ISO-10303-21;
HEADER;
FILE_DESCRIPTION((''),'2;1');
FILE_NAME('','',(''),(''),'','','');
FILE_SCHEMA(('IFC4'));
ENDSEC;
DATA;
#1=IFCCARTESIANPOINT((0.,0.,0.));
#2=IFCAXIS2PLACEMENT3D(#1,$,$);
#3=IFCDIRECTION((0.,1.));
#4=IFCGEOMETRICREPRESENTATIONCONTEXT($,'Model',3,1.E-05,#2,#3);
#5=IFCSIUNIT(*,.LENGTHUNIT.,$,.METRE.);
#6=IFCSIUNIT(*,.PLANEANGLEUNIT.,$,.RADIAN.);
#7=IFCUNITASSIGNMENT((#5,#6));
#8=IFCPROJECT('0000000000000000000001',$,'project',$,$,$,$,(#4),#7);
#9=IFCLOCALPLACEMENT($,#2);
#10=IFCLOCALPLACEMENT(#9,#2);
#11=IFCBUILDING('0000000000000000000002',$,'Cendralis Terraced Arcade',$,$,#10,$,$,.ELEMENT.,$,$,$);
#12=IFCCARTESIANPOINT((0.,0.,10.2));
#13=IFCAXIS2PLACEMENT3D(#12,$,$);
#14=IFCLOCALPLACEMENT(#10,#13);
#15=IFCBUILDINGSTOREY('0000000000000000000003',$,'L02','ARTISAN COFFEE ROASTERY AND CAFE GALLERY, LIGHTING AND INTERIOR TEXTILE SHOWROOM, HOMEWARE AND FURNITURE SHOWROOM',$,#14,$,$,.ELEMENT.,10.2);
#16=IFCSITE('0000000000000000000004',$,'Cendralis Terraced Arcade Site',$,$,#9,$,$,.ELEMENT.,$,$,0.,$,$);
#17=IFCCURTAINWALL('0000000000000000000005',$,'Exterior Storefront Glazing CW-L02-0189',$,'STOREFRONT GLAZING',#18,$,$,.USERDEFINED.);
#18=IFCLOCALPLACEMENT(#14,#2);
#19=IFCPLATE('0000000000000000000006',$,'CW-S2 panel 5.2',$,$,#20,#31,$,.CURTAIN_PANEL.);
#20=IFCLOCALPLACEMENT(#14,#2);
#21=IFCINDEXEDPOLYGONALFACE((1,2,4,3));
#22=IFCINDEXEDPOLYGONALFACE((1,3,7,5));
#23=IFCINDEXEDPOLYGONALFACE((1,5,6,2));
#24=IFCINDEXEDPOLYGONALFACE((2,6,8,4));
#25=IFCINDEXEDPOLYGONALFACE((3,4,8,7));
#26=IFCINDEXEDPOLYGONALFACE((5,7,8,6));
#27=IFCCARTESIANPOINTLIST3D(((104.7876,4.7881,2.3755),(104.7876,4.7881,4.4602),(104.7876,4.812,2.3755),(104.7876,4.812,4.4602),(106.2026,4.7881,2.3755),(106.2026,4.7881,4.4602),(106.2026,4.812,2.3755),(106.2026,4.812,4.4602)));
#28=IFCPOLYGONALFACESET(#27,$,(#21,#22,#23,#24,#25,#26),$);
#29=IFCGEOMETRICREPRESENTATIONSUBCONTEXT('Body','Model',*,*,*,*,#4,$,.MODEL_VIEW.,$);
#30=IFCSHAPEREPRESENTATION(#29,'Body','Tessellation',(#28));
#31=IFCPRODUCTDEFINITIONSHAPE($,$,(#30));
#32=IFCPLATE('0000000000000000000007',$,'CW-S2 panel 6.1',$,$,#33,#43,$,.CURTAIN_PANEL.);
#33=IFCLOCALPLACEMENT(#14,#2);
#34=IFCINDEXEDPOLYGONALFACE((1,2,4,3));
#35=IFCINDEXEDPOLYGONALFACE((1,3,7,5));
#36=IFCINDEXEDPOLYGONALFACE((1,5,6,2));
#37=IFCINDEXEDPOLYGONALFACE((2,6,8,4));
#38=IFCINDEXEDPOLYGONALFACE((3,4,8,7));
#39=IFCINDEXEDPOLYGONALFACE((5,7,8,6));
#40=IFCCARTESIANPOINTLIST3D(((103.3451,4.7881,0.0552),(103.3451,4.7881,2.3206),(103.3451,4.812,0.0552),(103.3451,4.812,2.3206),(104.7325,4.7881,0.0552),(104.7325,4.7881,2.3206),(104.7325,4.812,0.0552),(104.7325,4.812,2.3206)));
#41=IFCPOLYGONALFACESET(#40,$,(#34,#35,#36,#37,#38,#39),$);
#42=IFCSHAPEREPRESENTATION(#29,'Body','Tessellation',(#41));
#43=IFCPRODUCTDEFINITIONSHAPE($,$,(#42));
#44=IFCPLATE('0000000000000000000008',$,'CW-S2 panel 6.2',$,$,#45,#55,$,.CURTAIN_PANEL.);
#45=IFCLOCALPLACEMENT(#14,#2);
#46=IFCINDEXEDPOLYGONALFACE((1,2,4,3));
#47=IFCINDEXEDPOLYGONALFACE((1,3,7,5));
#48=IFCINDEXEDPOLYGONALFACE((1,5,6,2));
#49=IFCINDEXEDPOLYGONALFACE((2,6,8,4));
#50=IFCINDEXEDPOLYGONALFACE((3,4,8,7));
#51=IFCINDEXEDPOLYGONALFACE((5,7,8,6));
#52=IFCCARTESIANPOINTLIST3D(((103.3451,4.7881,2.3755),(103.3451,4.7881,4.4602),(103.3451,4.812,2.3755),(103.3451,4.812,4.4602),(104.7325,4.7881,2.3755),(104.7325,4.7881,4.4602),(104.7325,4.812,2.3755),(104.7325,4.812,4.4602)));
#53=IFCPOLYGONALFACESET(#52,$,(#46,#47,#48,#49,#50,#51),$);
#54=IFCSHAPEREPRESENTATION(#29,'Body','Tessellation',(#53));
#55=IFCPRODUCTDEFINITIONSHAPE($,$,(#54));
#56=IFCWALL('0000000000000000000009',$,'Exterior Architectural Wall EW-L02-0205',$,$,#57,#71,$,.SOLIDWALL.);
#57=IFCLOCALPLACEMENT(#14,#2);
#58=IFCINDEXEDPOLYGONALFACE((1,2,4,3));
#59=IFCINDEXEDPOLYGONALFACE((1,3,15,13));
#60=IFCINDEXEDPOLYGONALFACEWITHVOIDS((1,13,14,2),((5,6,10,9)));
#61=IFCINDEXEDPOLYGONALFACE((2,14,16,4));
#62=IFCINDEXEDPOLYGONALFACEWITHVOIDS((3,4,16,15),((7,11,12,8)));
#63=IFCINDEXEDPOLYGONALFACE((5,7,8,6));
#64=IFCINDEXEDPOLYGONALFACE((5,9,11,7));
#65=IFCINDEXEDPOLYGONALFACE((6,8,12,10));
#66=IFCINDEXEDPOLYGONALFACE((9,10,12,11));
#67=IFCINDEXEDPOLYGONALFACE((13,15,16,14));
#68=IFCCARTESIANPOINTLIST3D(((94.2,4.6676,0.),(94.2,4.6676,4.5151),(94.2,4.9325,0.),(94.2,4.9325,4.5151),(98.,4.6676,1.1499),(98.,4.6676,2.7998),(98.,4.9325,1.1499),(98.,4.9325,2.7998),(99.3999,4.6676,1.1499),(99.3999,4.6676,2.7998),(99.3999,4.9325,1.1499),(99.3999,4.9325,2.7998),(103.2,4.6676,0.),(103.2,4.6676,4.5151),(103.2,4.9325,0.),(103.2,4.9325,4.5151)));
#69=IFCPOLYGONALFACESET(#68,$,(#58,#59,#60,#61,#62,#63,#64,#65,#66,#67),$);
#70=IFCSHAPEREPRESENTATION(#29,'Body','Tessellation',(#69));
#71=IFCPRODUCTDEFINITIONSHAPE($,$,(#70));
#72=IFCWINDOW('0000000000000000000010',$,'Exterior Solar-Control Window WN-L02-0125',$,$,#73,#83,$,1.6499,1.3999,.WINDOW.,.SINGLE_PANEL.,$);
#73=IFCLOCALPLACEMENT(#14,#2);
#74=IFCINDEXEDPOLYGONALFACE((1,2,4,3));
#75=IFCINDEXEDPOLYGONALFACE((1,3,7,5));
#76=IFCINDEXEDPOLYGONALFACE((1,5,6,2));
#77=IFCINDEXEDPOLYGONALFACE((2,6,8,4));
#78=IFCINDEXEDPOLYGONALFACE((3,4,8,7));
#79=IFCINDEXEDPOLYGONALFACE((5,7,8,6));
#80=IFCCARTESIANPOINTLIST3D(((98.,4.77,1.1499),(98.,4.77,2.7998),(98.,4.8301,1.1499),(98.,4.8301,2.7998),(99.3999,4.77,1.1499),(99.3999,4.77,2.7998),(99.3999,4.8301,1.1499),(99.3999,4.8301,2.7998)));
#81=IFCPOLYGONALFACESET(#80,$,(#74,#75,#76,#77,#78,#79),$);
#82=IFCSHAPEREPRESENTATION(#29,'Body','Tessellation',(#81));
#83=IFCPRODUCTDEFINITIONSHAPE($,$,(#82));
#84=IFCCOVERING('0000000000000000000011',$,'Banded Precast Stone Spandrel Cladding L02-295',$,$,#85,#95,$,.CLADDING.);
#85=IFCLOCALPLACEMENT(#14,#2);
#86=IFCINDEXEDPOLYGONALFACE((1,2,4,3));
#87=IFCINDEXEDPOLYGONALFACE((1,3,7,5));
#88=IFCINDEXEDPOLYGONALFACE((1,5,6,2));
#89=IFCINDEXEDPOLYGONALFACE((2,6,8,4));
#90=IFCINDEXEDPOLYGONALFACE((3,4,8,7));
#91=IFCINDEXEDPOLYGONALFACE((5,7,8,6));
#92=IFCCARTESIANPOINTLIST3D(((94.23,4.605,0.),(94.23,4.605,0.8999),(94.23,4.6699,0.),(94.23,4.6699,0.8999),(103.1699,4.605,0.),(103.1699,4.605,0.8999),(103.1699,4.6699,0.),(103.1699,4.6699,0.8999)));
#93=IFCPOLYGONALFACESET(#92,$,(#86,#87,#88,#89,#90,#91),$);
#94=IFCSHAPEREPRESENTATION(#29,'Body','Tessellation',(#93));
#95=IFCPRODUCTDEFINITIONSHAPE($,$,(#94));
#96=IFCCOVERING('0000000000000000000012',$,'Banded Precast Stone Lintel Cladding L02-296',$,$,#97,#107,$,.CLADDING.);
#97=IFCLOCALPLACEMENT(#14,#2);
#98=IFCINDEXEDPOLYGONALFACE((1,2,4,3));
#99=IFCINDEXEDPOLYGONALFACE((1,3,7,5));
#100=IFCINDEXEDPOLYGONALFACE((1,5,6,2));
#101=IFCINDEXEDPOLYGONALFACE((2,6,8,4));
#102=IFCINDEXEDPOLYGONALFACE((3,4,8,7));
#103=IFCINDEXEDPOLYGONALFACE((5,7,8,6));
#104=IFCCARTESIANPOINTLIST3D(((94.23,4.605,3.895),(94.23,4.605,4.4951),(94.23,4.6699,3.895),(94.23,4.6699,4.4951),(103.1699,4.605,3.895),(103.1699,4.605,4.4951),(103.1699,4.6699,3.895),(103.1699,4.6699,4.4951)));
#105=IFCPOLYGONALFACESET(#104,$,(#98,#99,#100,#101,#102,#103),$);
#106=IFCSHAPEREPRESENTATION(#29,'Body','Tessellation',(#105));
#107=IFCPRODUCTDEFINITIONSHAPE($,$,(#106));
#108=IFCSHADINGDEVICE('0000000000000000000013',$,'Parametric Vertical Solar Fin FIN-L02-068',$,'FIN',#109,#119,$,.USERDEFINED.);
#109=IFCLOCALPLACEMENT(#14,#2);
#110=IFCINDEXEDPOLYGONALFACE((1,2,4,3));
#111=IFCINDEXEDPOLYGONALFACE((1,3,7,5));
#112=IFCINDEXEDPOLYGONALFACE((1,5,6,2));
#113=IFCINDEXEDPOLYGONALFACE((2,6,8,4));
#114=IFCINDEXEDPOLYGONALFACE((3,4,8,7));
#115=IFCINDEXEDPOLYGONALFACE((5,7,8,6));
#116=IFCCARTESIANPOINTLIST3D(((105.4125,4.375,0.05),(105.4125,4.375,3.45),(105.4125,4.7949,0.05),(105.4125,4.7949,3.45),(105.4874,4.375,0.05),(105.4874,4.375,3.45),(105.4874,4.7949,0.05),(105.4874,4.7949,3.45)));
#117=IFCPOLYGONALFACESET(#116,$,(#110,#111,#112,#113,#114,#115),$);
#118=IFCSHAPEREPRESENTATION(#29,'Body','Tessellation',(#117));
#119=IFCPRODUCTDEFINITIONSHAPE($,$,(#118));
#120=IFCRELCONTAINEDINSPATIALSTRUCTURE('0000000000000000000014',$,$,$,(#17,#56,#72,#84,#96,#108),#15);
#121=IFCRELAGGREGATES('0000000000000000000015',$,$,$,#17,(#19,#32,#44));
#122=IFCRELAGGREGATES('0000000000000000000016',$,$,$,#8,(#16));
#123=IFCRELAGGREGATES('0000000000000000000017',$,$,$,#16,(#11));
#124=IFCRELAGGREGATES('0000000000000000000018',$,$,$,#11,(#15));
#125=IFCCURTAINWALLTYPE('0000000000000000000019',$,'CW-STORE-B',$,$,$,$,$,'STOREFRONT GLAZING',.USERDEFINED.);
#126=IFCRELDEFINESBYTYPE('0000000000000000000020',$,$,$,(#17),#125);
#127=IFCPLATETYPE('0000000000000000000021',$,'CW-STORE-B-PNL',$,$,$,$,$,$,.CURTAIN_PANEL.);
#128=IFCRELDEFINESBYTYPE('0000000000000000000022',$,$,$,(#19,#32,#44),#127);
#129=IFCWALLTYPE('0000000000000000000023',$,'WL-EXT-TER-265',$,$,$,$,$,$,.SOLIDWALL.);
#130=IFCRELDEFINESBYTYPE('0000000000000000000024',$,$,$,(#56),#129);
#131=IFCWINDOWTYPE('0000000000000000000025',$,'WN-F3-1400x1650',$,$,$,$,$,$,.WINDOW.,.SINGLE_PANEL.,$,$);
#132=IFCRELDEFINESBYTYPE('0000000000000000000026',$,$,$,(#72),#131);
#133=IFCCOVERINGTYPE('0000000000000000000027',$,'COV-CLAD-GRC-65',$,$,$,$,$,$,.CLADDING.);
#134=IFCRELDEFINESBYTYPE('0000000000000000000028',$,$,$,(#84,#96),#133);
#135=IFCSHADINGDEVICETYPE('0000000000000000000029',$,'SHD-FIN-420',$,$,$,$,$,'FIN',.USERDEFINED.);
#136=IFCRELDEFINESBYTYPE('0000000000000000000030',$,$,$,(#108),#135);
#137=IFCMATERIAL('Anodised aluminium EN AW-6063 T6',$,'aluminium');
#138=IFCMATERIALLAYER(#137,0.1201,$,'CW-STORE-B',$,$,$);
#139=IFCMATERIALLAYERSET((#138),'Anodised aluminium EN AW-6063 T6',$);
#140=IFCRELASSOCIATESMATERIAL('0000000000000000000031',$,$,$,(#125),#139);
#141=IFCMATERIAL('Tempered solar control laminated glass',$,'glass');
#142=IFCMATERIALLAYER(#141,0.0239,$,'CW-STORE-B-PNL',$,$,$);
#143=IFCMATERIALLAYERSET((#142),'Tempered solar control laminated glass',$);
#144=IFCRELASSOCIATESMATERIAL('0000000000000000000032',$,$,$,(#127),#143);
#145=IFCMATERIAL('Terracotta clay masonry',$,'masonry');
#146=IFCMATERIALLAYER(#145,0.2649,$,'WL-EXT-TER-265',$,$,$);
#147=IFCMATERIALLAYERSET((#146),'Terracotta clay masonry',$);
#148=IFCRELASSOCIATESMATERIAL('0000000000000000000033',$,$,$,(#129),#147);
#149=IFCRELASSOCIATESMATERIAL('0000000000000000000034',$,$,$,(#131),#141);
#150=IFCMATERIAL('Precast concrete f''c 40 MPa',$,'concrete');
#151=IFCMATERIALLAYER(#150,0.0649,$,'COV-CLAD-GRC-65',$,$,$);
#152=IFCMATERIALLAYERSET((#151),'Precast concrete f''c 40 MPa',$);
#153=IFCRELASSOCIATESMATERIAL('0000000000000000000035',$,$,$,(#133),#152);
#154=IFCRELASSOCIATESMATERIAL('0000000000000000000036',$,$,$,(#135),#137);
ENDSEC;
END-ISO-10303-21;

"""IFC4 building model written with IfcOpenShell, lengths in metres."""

from ifc_helpers import new_model, si_unit, direction, frame, frame_2d, origin, origin_2d, place, context, subcontext, project, spatial, rectangle, extrude, material, layer, layer_set, type_object, element, fill, aggregate, save


model = new_model("IFC4")

# Units and contexts
model_context = context("Model", 3, precision=1e-05, world=origin(), true_north=direction((0.0, 1.0)))
body_context = subcontext(model_context, "Body", "Model", "MODEL_VIEW")
ifc_project = project(units=[si_unit("LENGTHUNIT", "METRE"), si_unit("PLANEANGLEUNIT", "RADIAN")], contexts=[model_context])

# Site, building, storey
site_placement = place(None, origin())
site = spatial("IfcSite", under=ifc_project, at=site_placement, Name="Cendralis Terraced Arcade Site", CompositionType="ELEMENT", RefElevation=0.0)
building_placement = place(site_placement, origin())
building = spatial("IfcBuilding", under=site, at=building_placement, Name="Cendralis Terraced Arcade", CompositionType="ELEMENT")
storey_placement = place(building_placement, frame((0.0, 0.0, 10.2)))
storey = spatial("IfcBuildingStorey", under=building, at=storey_placement, Name="L02", Description="ARTISAN COFFEE ROASTERY AND CAFE GALLERY, LIGHTING AND INTERIOR TEXTILE SHOWROOM, HOMEWARE AND FURNITURE SHOWROOM", CompositionType="ELEMENT", Elevation=10.2)

# Curtain wall, plates
ifc_material_1 = material(Name="Anodised aluminium EN AW-6063 T6", Category="aluminium")
ifc_layer_1 = layer(ifc_material_1, 0.1201, Name="CW-STORE-B")
ifc_layer_set_1 = layer_set([ifc_layer_1], Name="Anodised aluminium EN AW-6063 T6")
curtain_wall_type = type_object("IfcCurtainWallType", Name="CW-STORE-B", ElementType="STOREFRONT GLAZING", PredefinedType="USERDEFINED", material=ifc_layer_set_1)
curtain_wall_placement = place(storey_placement, origin())
curtain_wall = element("IfcCurtainWall", 1, at=curtain_wall_placement, inside=storey, type_object=curtain_wall_type, Name="Exterior Storefront Glazing CW-L02-0189", ObjectType="STOREFRONT GLAZING", PredefinedType="USERDEFINED")
ifc_material_2 = material(Name="Tempered solar control laminated glass", Category="glass")
ifc_layer_2 = layer(ifc_material_2, 0.0239, Name="CW-STORE-B-PNL")
ifc_layer_set_2 = layer_set([ifc_layer_2], Name="Tempered solar control laminated glass")
plate_type = type_object("IfcPlateType", Name="CW-STORE-B-PNL", PredefinedType="CURTAIN_PANEL", material=ifc_layer_set_2)
plate_1_placement = place(storey_placement, frame((105.4951, 4.8, 2.3755), z_axis=(0.0, 0.0, 1.0), x_axis=(-1.0, 0.0, 0.0)))
plate_1 = element("IfcPlate", 2, at=plate_1_placement, type_object=plate_type, Name="CW-S2 panel 5.2", PredefinedType="CURTAIN_PANEL", context=body_context, shape_type="SweptSolid", body=[
    extrude(rectangle(XDim=1.415, YDim=0.0239, at=origin_2d()), origin(), (0.0, 0.0, 1.0), 2.0847),
])
plate_2_placement = place(storey_placement, frame((104.0388, 4.8, 0.0552), z_axis=(0.0, 0.0, 1.0), x_axis=(-1.0, 0.0, 0.0)))
plate_2 = element("IfcPlate", 3, at=plate_2_placement, type_object=plate_type, Name="CW-S2 panel 6.1", PredefinedType="CURTAIN_PANEL", context=body_context, shape_type="SweptSolid", body=[
    extrude(rectangle(XDim=1.3875, YDim=0.0239, at=origin_2d()), origin(), (0.0, 0.0, 1.0), 2.2654),
])
plate_3_placement = place(storey_placement, frame((104.0388, 4.8, 2.3755), z_axis=(0.0, 0.0, 1.0), x_axis=(-1.0, 0.0, 0.0)))
plate_3 = element("IfcPlate", 4, at=plate_3_placement, type_object=plate_type, Name="CW-S2 panel 6.2", PredefinedType="CURTAIN_PANEL", context=body_context, shape_type="SweptSolid", body=[
    extrude(rectangle(XDim=1.3875, YDim=0.0239, at=origin_2d()), origin(), (0.0, 0.0, 1.0), 2.0847),
])
aggregate(curtain_wall, [plate_1, plate_2, plate_3])

# Wall, opening, window
ifc_material_3 = material(Name="Terracotta clay masonry", Category="masonry")
ifc_layer_3 = layer(ifc_material_3, 0.2649, Name="WL-EXT-TER-265")
ifc_layer_set_3 = layer_set([ifc_layer_3], Name="Terracotta clay masonry")
wall_type = type_object("IfcWallType", Name="WL-EXT-TER-265", PredefinedType="SOLIDWALL", material=ifc_layer_set_3)
wall_placement = place(storey_placement, frame((103.2, 4.8, 0.0), z_axis=(0.0, 0.0, 1.0), x_axis=(-1.0, 0.0, 0.0)))
wall = element("IfcWall", 5, at=wall_placement, inside=storey, type_object=wall_type, Name="Exterior Architectural Wall EW-L02-0205", PredefinedType="SOLIDWALL", context=body_context, shape_type="SweptSolid", body=[
    extrude(rectangle(XDim=9.0, YDim=0.2649, at=frame_2d((4.5, 0.0))), origin(), (0.0, 0.0, 1.0), 4.5151),
])
opening_placement = place(wall_placement, frame((3.8, 0.0, 1.1499)))
opening = element("IfcOpeningElement", 6, at=opening_placement, cuts=wall, PredefinedType="OPENING", context=body_context, shape_type="SweptSolid", body=[
    extrude(rectangle(XDim=1.3999, YDim=1.6499, at=frame_2d((0.7, 0.825))), frame((0.0, 0.1445, 0.0), z_axis=(0.0, -1.0, 0.0), x_axis=(1.0, 0.0, 0.0)), (0.0, 0.0, 1.0), 0.2888),
])
window_type = type_object("IfcWindowType", Name="WN-F3-1400x1650", PartitioningType="SINGLE_PANEL", PredefinedType="WINDOW", material=ifc_material_2)
window_placement = place(opening_placement, origin())
window = element("IfcWindow", 7, at=window_placement, inside=storey, type_object=window_type, Name="Exterior Solar-Control Window WN-L02-0125", OverallHeight=1.6499, OverallWidth=1.3999, PartitioningType="SINGLE_PANEL", PredefinedType="WINDOW", context=body_context, shape_type="SweptSolid", body=[
    extrude(rectangle(XDim=1.3999, YDim=1.6499, at=frame_2d((0.7, 0.825))), frame((0.0, 0.03, 0.0), z_axis=(0.0, -1.0, 0.0), x_axis=(1.0, 0.0, 0.0)), (0.0, 0.0, 1.0), 0.0601),
])
fill(opening, window)

# Coverings
ifc_material_4 = material(Name="Precast concrete f'c 40 MPa", Category="concrete")
ifc_layer_4 = layer(ifc_material_4, 0.0649, Name="COV-CLAD-GRC-65")
ifc_layer_set_4 = layer_set([ifc_layer_4], Name="Precast concrete f'c 40 MPa")
covering_type = type_object("IfcCoveringType", Name="COV-CLAD-GRC-65", PredefinedType="CLADDING", material=ifc_layer_set_4)
covering_1_placement = place(storey_placement, frame((98.7, 4.6375, 0.0), z_axis=(0.0, 0.0, 1.0), x_axis=(-1.0, 0.0, 0.0)))
element("IfcCovering", 8, at=covering_1_placement, inside=storey, type_object=covering_type, Name="Banded Precast Stone Spandrel Cladding L02-295", PredefinedType="CLADDING", context=body_context, shape_type="SweptSolid", body=[
    extrude(rectangle(XDim=8.9399, YDim=0.0649, at=origin_2d()), origin(), (0.0, 0.0, 1.0), 0.8999),
])
covering_2_placement = place(storey_placement, frame((98.7, 4.6375, 3.895), z_axis=(0.0, 0.0, 1.0), x_axis=(-1.0, 0.0, 0.0)))
element("IfcCovering", 9, at=covering_2_placement, inside=storey, type_object=covering_type, Name="Banded Precast Stone Lintel Cladding L02-296", PredefinedType="CLADDING", context=body_context, shape_type="SweptSolid", body=[
    extrude(rectangle(XDim=8.9399, YDim=0.0649, at=origin_2d()), origin(), (0.0, 0.0, 1.0), 0.6001),
])

# Shading device
shading_device_type = type_object("IfcShadingDeviceType", Name="SHD-FIN-420", ElementType="FIN", PredefinedType="USERDEFINED", material=ifc_material_1)
shading_device_placement = place(storey_placement, frame((105.45, 4.585, 0.05), z_axis=(0.0, 0.0, 1.0), x_axis=(-1.0, 0.0, 0.0)))
element("IfcShadingDevice", 10, at=shading_device_placement, inside=storey, type_object=shading_device_type, Name="Parametric Vertical Solar Fin FIN-L02-068", ObjectType="FIN", PredefinedType="USERDEFINED", context=body_context, shape_type="SweptSolid", body=[
    extrude(rectangle(XDim=0.075, YDim=0.4199, at=origin_2d()), origin(), (0.0, 0.0, 1.0), 3.3999),
])

save(model, "model.ifc")
